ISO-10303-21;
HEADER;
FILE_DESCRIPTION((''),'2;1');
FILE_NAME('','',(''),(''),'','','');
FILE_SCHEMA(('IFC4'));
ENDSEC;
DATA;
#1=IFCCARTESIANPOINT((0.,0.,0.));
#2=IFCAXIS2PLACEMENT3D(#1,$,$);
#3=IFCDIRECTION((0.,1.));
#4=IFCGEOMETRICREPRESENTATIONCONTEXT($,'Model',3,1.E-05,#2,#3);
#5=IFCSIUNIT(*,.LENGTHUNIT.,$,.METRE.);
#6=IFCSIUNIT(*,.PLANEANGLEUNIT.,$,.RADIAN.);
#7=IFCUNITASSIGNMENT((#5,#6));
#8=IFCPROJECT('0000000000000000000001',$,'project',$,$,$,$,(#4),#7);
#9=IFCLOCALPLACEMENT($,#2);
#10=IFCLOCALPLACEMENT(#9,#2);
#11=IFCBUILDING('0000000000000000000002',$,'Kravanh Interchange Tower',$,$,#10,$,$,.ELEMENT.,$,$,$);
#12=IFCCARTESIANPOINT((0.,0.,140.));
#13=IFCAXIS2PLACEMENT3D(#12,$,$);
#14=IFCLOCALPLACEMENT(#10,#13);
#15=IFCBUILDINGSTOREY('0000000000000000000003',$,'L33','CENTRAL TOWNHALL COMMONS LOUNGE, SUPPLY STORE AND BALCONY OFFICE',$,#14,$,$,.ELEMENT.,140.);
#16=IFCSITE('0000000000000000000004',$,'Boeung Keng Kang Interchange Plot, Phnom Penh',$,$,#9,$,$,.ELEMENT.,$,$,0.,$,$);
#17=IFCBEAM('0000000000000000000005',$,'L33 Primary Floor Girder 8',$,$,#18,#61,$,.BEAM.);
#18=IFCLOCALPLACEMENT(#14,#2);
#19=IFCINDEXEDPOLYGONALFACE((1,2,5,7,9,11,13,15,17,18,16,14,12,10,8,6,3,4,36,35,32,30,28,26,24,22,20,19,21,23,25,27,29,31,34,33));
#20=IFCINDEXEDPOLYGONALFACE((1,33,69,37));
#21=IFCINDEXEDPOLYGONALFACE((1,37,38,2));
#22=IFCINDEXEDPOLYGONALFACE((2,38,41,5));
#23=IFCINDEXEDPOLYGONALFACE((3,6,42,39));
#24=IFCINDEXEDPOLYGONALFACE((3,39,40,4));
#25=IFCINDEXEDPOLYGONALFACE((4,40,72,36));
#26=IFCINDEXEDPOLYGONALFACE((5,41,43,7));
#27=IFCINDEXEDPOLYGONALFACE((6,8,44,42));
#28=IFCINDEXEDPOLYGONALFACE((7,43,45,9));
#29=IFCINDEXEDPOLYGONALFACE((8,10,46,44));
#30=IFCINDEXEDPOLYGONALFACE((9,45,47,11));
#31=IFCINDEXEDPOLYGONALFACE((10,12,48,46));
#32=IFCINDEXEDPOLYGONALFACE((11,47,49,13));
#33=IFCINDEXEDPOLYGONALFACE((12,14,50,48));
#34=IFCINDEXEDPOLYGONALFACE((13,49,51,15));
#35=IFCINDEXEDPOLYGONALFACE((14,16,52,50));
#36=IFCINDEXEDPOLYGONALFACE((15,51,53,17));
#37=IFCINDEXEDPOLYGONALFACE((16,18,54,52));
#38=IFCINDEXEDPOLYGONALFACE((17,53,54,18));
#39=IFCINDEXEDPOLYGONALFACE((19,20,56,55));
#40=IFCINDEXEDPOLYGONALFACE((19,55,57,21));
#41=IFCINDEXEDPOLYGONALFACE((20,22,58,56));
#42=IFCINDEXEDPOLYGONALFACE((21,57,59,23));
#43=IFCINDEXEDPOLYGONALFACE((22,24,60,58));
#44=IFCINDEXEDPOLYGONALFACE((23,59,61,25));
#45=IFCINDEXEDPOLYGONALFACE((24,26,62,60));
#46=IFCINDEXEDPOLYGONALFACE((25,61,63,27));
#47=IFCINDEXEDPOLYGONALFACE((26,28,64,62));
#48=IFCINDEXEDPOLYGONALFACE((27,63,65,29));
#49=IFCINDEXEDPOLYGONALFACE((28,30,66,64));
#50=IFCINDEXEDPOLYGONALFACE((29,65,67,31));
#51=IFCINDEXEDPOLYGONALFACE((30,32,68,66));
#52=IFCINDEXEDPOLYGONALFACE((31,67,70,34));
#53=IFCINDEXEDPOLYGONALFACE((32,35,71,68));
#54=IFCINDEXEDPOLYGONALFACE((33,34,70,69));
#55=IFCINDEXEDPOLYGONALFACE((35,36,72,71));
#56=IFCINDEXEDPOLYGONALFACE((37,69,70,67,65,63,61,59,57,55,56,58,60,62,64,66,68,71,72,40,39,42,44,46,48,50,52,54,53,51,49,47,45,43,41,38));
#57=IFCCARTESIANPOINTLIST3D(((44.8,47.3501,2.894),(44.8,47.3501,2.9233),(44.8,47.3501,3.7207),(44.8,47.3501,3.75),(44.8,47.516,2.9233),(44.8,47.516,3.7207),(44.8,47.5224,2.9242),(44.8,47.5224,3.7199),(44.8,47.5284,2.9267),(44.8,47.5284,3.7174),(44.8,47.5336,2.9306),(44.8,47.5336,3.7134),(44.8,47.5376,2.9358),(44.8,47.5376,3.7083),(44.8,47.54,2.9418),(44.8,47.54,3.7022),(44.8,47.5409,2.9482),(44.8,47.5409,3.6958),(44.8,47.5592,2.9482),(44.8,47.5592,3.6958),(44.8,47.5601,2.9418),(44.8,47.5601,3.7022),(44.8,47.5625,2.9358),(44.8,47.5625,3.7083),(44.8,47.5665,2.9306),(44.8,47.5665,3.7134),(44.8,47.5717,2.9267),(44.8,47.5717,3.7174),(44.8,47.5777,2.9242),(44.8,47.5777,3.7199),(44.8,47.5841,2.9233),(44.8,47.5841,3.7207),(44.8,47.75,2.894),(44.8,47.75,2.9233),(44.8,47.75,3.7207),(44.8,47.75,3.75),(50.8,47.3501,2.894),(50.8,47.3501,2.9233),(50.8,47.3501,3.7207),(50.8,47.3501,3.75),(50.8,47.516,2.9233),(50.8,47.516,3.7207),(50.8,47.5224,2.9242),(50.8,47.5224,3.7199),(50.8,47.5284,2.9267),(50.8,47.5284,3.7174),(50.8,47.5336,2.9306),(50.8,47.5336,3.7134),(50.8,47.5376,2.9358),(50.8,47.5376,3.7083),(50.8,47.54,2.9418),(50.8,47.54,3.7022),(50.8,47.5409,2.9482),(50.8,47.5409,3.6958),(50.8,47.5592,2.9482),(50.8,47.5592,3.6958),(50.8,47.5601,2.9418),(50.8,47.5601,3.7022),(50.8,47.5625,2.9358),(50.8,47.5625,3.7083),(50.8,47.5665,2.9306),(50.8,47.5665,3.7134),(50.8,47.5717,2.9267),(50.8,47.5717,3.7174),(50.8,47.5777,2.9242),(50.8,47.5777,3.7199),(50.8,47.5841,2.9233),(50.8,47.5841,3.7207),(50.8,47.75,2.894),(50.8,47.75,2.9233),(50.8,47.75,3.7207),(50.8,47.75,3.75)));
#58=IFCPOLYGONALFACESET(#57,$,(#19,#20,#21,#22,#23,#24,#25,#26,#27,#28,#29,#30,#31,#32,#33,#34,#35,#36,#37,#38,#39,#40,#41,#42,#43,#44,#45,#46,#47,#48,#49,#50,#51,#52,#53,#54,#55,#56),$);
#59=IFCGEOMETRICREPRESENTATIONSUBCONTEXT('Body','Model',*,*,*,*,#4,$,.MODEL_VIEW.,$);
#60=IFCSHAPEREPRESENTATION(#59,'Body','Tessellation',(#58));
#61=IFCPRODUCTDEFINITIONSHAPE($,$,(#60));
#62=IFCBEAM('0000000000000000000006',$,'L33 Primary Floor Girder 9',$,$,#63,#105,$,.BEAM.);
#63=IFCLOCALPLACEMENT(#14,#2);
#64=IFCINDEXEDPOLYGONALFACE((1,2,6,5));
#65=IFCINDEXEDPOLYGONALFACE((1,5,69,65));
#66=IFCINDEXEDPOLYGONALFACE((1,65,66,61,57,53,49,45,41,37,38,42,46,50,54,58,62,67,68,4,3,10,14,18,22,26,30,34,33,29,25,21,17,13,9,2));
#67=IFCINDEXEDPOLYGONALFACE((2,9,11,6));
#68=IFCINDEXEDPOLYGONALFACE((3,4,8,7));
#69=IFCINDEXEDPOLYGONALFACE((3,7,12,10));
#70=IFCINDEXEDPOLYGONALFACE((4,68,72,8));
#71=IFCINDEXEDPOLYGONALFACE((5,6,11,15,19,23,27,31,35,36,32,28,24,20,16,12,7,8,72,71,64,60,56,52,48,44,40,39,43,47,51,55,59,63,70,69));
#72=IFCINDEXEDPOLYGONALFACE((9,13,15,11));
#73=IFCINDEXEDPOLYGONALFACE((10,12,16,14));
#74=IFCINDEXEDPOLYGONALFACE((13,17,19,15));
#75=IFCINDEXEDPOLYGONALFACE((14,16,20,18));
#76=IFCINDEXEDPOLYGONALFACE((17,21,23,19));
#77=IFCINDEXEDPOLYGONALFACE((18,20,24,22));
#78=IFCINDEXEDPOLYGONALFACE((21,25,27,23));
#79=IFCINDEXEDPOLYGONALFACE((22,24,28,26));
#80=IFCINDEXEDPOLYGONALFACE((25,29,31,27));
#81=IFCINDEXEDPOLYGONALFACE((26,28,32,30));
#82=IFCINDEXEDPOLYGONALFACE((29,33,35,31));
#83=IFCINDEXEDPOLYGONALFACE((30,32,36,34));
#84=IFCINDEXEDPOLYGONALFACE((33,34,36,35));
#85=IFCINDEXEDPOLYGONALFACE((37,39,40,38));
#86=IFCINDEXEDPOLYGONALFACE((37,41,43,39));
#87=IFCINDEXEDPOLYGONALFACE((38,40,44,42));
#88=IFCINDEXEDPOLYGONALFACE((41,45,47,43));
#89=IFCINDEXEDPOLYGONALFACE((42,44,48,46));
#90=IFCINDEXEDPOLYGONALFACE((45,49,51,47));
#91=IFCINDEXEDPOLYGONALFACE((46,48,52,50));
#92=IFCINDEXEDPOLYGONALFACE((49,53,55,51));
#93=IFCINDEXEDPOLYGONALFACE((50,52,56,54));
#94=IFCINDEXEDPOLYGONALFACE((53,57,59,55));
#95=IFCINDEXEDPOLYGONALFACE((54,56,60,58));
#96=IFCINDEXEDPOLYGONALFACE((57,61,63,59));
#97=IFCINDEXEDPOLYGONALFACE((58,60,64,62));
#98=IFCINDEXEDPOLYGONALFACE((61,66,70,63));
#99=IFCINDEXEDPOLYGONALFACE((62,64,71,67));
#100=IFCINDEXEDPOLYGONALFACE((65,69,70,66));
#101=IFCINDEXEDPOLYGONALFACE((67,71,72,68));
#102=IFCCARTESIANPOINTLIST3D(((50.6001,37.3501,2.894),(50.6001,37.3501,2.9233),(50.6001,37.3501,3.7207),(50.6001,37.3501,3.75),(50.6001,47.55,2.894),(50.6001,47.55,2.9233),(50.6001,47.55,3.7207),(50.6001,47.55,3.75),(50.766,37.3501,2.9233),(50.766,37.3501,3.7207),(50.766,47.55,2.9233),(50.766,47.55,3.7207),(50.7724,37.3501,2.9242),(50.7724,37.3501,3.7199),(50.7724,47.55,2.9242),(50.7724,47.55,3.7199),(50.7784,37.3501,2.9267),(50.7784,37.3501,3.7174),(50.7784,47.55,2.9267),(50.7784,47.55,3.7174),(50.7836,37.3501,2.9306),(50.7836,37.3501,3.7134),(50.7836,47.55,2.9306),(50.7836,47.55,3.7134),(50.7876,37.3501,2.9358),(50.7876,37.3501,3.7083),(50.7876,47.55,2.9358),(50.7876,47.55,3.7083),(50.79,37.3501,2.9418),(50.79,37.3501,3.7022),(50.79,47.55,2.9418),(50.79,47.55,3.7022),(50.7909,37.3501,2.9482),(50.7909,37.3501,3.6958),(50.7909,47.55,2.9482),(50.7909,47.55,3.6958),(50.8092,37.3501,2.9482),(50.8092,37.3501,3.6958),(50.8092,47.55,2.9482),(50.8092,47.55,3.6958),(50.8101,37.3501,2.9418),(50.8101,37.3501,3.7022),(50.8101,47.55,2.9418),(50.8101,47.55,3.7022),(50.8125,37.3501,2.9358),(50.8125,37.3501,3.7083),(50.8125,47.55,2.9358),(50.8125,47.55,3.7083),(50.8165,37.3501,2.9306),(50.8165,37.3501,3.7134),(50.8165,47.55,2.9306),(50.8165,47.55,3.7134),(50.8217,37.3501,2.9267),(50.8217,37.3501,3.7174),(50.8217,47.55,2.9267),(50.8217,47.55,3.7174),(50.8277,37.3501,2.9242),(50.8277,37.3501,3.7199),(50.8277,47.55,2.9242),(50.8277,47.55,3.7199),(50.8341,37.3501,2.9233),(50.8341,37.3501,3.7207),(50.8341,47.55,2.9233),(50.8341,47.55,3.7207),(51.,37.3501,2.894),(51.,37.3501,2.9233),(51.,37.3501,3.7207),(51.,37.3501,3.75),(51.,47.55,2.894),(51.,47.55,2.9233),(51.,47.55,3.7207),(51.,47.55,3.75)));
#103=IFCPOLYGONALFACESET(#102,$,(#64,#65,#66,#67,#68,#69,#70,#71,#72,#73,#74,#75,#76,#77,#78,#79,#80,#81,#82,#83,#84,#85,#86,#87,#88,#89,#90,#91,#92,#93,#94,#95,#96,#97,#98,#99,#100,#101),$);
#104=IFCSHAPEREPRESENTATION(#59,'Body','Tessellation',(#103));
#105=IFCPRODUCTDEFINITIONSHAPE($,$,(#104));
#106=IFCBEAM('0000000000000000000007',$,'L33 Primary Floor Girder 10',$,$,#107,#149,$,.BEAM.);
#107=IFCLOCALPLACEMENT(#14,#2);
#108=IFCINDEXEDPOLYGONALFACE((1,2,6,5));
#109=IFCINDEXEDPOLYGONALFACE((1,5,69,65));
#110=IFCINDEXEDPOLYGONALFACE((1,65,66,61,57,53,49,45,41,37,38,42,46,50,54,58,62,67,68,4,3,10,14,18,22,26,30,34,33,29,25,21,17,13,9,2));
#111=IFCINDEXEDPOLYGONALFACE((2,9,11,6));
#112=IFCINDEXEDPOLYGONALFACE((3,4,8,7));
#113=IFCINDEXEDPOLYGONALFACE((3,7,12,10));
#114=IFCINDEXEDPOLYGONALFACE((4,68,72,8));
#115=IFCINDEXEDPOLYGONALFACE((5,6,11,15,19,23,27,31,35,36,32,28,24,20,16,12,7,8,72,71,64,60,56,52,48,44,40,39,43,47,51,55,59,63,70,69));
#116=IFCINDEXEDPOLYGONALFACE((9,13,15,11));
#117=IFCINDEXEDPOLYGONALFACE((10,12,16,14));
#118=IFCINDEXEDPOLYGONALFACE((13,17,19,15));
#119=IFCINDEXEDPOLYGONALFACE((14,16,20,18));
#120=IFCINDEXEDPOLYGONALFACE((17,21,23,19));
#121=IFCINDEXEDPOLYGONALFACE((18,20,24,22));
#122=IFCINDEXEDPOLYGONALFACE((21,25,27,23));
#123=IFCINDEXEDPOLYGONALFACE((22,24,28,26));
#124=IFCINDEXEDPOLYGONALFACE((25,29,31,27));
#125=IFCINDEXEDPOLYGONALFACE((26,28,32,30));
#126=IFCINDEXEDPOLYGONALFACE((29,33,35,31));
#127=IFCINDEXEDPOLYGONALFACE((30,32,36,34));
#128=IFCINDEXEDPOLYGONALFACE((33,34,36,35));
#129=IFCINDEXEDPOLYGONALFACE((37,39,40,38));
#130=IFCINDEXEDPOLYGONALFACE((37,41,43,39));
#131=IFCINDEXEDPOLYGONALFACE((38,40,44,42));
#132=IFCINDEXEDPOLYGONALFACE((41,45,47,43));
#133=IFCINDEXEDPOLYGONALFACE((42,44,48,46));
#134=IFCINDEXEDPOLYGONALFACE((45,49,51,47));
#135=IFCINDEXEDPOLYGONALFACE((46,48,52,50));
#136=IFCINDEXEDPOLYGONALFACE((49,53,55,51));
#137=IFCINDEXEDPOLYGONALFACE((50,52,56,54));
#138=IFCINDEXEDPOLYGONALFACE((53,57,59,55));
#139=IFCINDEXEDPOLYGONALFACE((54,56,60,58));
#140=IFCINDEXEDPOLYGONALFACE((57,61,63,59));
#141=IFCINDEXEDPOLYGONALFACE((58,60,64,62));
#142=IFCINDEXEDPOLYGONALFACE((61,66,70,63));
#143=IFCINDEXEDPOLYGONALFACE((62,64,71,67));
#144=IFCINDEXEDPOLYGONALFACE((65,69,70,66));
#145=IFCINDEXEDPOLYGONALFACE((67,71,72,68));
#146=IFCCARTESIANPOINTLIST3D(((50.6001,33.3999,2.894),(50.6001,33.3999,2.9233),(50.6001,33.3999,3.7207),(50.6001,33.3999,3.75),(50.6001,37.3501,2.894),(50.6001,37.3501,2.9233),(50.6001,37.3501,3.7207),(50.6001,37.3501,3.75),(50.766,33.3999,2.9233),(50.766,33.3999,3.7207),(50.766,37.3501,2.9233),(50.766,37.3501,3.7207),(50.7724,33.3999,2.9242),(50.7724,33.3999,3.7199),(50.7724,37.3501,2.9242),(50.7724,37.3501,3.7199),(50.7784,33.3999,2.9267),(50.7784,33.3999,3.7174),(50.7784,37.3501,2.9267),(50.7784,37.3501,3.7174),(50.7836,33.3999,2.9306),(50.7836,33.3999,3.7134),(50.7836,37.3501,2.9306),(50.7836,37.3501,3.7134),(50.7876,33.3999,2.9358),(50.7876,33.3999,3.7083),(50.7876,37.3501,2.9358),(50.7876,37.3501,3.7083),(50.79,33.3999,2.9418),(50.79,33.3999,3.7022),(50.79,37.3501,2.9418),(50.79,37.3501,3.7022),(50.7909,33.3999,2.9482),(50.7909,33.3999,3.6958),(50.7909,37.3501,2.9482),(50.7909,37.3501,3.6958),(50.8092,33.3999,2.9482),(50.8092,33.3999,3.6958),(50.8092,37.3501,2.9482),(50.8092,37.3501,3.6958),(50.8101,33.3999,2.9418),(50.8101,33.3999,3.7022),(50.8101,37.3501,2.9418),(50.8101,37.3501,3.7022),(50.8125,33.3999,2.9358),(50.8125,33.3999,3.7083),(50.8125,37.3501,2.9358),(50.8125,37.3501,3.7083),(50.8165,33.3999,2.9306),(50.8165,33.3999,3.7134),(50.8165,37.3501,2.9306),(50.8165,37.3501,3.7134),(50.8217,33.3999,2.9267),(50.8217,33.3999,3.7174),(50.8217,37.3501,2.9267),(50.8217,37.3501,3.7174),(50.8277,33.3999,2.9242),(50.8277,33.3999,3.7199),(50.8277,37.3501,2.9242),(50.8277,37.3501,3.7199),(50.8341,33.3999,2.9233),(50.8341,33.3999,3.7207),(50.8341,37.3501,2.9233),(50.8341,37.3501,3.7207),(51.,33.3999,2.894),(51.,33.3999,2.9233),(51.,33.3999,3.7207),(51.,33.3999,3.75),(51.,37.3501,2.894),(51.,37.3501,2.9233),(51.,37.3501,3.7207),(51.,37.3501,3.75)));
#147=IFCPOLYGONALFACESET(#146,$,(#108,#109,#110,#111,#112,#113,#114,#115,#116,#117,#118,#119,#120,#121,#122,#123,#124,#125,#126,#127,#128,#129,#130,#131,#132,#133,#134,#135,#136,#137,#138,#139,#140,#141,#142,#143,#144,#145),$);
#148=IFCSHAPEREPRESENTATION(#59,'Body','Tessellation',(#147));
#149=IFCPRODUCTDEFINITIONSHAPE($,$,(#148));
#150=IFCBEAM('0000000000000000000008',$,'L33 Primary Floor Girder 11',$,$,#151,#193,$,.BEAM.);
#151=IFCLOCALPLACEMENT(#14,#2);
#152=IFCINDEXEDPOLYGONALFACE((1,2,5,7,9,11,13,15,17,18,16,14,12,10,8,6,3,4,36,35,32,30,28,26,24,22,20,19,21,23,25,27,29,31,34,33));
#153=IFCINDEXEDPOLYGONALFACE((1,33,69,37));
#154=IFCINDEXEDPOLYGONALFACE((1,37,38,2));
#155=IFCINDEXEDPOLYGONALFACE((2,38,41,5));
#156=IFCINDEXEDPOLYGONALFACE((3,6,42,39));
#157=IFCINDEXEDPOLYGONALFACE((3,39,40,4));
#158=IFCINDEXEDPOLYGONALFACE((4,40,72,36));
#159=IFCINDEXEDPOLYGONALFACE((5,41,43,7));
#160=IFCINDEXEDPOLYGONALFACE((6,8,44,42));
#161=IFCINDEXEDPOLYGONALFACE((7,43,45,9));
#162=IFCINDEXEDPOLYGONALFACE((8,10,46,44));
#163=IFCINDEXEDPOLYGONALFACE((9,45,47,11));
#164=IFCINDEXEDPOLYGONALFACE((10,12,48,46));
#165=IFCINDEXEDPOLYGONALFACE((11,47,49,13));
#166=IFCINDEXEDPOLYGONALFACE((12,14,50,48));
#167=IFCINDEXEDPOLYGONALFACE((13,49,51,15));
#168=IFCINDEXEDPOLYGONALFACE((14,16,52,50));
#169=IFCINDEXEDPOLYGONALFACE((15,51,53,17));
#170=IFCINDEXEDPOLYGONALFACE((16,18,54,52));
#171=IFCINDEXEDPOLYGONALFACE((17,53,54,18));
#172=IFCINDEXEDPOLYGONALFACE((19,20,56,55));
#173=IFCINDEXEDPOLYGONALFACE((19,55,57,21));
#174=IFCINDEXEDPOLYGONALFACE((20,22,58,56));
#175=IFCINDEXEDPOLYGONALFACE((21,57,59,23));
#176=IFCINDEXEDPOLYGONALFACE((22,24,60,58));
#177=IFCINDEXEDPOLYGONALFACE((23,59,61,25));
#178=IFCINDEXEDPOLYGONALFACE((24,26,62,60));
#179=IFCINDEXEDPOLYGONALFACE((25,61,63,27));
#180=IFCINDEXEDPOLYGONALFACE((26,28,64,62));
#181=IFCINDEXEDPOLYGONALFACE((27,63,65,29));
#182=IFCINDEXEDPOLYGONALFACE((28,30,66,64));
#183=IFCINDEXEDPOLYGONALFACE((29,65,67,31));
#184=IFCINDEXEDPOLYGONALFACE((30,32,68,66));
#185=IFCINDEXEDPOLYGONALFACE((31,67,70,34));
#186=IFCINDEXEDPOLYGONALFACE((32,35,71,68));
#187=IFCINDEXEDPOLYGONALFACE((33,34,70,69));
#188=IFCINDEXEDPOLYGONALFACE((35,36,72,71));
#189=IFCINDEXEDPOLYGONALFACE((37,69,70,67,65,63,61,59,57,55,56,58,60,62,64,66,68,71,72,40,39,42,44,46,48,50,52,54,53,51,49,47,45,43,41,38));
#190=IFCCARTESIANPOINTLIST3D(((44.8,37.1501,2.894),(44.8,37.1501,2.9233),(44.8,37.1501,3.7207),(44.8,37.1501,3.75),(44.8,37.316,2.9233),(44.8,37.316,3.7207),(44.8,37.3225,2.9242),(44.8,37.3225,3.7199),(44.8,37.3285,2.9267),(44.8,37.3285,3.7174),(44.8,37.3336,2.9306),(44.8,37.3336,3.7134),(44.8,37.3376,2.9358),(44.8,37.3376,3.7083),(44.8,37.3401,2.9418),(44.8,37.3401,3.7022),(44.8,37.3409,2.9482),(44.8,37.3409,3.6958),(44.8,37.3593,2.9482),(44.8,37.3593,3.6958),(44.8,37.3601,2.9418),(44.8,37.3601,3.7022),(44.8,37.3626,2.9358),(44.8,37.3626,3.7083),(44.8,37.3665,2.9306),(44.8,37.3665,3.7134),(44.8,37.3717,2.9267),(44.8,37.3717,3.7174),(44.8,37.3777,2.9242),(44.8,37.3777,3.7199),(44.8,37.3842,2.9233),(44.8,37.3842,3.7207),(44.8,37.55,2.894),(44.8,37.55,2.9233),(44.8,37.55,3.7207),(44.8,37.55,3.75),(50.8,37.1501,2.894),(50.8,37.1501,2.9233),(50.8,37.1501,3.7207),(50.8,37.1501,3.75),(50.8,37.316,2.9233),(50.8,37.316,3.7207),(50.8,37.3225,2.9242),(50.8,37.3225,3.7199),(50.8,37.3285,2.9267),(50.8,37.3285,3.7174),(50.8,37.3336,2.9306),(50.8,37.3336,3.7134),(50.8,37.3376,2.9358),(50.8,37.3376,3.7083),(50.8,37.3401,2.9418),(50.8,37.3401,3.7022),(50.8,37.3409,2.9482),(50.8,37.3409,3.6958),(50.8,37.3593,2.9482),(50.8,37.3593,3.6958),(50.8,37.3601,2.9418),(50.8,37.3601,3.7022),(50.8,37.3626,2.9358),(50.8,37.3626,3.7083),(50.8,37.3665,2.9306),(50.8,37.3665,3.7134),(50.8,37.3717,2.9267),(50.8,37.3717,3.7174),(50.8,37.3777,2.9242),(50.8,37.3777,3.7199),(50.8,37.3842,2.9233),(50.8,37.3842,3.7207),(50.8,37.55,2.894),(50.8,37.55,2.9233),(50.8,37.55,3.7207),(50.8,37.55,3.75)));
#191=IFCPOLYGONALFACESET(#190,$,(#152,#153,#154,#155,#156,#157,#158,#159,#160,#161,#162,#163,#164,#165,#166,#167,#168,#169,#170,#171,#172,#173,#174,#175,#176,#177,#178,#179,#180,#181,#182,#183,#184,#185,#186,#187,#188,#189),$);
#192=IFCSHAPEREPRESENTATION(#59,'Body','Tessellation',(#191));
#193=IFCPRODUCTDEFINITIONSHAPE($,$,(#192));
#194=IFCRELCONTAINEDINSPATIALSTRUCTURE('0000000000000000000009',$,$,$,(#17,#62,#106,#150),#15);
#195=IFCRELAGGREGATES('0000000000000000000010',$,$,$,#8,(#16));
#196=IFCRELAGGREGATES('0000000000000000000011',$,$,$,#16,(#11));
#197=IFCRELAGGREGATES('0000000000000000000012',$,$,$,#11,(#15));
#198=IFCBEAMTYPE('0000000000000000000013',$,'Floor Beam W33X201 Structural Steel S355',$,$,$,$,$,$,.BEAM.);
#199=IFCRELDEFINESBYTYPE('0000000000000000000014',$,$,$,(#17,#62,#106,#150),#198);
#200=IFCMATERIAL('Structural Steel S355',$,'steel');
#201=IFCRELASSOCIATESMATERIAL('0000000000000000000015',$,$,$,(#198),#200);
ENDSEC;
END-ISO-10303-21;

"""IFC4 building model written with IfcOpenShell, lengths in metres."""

from ifc_helpers import new_model, si_unit, direction, frame, origin, origin_2d, place, context, subcontext, project, spatial, i_section, extrude, material, material_profile, profile_set, type_object, element, save


model = new_model("IFC4")

# Units and contexts
model_context = context("Model", 3, precision=1e-05, world=origin(), true_north=direction((0.0, 1.0)))
body_context = subcontext(model_context, "Body", "Model", "MODEL_VIEW")
ifc_project = project(units=[si_unit("LENGTHUNIT", "METRE"), si_unit("PLANEANGLEUNIT", "RADIAN")], contexts=[model_context])

# Site, building, storey
site_placement = place(None, origin())
site = spatial("IfcSite", under=ifc_project, at=site_placement, Name="Boeung Keng Kang Interchange Plot, Phnom Penh", CompositionType="ELEMENT", RefElevation=0.0)
building_placement = place(site_placement, origin())
building = spatial("IfcBuilding", under=site, at=building_placement, Name="Kravanh Interchange Tower", CompositionType="ELEMENT")
storey_placement = place(building_placement, frame((0.0, 0.0, 140.0)))
storey = spatial("IfcBuildingStorey", under=building, at=storey_placement, Name="L33", Description="CENTRAL TOWNHALL COMMONS LOUNGE, SUPPLY STORE AND BALCONY OFFICE", CompositionType="ELEMENT", Elevation=140.0)

# Beams
ifc_material_1 = material(Name="Structural Steel S355", Category="steel")
ifc_material_profile_1 = material_profile(ifc_material_1, i_section(OverallWidth=0.3999, OverallDepth=0.856, WebThickness=0.0183, FlangeThickness=0.0293, FilletRadius=0.0249, at=origin_2d()), Name="W33X201")
ifc_profile_set_1 = profile_set([ifc_material_profile_1], Name="Structural Steel S355")
beam_type_1 = type_object("IfcBeamType", Name="Floor Beam W33X201 Structural Steel S355", PredefinedType="BEAM", material=ifc_profile_set_1)
beam_1_placement = place(storey_placement, frame((50.8, 47.55, 3.322), z_axis=(-1.0, 0.0, 0.0), x_axis=(0.0, -1.0, 0.0)))
element("IfcBeam", 1, at=beam_1_placement, inside=storey, type_object=beam_type_1, Name="L33 Primary Floor Girder 8", PredefinedType="BEAM", context=body_context, shape_type="SweptSolid", body=[
    extrude(i_section(OverallWidth=0.3999, OverallDepth=0.856, WebThickness=0.0183, FlangeThickness=0.0293, FilletRadius=0.0249, at=origin_2d()), origin(), (0.0, 0.0, 1.0), 6.0),
])
beam_2_placement = place(storey_placement, frame((50.8, 47.55, 3.322), z_axis=(0.0, -1.0, 0.0), x_axis=(1.0, 0.0, 0.0)))
element("IfcBeam", 2, at=beam_2_placement, inside=storey, type_object=beam_type_1, Name="L33 Primary Floor Girder 9", PredefinedType="BEAM", context=body_context, shape_type="SweptSolid", body=[
    extrude(i_section(OverallWidth=0.3999, OverallDepth=0.856, WebThickness=0.0183, FlangeThickness=0.0293, FilletRadius=0.0249, at=origin_2d()), origin(), (0.0, 0.0, 1.0), 10.2),
])
beam_3_placement = place(storey_placement, frame((50.8, 37.3501, 3.322), z_axis=(0.0, -1.0, 0.0), x_axis=(1.0, 0.0, 0.0)))
element("IfcBeam", 3, at=beam_3_placement, inside=storey, type_object=beam_type_1, Name="L33 Primary Floor Girder 10", PredefinedType="BEAM", context=body_context, shape_type="SweptSolid", body=[
    extrude(i_section(OverallWidth=0.3999, OverallDepth=0.856, WebThickness=0.0183, FlangeThickness=0.0293, FilletRadius=0.0249, at=origin_2d()), origin(), (0.0, 0.0, 1.0), 3.9502),
])
beam_4_placement = place(storey_placement, frame((50.8, 37.3501, 3.322), z_axis=(-1.0, 0.0, 0.0), x_axis=(0.0, -1.0, 0.0)))
element("IfcBeam", 4, at=beam_4_placement, inside=storey, type_object=beam_type_1, Name="L33 Primary Floor Girder 11", PredefinedType="BEAM", context=body_context, shape_type="SweptSolid", body=[
    extrude(i_section(OverallWidth=0.3999, OverallDepth=0.856, WebThickness=0.0183, FlangeThickness=0.0293, FilletRadius=0.0249, at=origin_2d()), origin(), (0.0, 0.0, 1.0), 6.0),
])

save(model, "model.ifc")
